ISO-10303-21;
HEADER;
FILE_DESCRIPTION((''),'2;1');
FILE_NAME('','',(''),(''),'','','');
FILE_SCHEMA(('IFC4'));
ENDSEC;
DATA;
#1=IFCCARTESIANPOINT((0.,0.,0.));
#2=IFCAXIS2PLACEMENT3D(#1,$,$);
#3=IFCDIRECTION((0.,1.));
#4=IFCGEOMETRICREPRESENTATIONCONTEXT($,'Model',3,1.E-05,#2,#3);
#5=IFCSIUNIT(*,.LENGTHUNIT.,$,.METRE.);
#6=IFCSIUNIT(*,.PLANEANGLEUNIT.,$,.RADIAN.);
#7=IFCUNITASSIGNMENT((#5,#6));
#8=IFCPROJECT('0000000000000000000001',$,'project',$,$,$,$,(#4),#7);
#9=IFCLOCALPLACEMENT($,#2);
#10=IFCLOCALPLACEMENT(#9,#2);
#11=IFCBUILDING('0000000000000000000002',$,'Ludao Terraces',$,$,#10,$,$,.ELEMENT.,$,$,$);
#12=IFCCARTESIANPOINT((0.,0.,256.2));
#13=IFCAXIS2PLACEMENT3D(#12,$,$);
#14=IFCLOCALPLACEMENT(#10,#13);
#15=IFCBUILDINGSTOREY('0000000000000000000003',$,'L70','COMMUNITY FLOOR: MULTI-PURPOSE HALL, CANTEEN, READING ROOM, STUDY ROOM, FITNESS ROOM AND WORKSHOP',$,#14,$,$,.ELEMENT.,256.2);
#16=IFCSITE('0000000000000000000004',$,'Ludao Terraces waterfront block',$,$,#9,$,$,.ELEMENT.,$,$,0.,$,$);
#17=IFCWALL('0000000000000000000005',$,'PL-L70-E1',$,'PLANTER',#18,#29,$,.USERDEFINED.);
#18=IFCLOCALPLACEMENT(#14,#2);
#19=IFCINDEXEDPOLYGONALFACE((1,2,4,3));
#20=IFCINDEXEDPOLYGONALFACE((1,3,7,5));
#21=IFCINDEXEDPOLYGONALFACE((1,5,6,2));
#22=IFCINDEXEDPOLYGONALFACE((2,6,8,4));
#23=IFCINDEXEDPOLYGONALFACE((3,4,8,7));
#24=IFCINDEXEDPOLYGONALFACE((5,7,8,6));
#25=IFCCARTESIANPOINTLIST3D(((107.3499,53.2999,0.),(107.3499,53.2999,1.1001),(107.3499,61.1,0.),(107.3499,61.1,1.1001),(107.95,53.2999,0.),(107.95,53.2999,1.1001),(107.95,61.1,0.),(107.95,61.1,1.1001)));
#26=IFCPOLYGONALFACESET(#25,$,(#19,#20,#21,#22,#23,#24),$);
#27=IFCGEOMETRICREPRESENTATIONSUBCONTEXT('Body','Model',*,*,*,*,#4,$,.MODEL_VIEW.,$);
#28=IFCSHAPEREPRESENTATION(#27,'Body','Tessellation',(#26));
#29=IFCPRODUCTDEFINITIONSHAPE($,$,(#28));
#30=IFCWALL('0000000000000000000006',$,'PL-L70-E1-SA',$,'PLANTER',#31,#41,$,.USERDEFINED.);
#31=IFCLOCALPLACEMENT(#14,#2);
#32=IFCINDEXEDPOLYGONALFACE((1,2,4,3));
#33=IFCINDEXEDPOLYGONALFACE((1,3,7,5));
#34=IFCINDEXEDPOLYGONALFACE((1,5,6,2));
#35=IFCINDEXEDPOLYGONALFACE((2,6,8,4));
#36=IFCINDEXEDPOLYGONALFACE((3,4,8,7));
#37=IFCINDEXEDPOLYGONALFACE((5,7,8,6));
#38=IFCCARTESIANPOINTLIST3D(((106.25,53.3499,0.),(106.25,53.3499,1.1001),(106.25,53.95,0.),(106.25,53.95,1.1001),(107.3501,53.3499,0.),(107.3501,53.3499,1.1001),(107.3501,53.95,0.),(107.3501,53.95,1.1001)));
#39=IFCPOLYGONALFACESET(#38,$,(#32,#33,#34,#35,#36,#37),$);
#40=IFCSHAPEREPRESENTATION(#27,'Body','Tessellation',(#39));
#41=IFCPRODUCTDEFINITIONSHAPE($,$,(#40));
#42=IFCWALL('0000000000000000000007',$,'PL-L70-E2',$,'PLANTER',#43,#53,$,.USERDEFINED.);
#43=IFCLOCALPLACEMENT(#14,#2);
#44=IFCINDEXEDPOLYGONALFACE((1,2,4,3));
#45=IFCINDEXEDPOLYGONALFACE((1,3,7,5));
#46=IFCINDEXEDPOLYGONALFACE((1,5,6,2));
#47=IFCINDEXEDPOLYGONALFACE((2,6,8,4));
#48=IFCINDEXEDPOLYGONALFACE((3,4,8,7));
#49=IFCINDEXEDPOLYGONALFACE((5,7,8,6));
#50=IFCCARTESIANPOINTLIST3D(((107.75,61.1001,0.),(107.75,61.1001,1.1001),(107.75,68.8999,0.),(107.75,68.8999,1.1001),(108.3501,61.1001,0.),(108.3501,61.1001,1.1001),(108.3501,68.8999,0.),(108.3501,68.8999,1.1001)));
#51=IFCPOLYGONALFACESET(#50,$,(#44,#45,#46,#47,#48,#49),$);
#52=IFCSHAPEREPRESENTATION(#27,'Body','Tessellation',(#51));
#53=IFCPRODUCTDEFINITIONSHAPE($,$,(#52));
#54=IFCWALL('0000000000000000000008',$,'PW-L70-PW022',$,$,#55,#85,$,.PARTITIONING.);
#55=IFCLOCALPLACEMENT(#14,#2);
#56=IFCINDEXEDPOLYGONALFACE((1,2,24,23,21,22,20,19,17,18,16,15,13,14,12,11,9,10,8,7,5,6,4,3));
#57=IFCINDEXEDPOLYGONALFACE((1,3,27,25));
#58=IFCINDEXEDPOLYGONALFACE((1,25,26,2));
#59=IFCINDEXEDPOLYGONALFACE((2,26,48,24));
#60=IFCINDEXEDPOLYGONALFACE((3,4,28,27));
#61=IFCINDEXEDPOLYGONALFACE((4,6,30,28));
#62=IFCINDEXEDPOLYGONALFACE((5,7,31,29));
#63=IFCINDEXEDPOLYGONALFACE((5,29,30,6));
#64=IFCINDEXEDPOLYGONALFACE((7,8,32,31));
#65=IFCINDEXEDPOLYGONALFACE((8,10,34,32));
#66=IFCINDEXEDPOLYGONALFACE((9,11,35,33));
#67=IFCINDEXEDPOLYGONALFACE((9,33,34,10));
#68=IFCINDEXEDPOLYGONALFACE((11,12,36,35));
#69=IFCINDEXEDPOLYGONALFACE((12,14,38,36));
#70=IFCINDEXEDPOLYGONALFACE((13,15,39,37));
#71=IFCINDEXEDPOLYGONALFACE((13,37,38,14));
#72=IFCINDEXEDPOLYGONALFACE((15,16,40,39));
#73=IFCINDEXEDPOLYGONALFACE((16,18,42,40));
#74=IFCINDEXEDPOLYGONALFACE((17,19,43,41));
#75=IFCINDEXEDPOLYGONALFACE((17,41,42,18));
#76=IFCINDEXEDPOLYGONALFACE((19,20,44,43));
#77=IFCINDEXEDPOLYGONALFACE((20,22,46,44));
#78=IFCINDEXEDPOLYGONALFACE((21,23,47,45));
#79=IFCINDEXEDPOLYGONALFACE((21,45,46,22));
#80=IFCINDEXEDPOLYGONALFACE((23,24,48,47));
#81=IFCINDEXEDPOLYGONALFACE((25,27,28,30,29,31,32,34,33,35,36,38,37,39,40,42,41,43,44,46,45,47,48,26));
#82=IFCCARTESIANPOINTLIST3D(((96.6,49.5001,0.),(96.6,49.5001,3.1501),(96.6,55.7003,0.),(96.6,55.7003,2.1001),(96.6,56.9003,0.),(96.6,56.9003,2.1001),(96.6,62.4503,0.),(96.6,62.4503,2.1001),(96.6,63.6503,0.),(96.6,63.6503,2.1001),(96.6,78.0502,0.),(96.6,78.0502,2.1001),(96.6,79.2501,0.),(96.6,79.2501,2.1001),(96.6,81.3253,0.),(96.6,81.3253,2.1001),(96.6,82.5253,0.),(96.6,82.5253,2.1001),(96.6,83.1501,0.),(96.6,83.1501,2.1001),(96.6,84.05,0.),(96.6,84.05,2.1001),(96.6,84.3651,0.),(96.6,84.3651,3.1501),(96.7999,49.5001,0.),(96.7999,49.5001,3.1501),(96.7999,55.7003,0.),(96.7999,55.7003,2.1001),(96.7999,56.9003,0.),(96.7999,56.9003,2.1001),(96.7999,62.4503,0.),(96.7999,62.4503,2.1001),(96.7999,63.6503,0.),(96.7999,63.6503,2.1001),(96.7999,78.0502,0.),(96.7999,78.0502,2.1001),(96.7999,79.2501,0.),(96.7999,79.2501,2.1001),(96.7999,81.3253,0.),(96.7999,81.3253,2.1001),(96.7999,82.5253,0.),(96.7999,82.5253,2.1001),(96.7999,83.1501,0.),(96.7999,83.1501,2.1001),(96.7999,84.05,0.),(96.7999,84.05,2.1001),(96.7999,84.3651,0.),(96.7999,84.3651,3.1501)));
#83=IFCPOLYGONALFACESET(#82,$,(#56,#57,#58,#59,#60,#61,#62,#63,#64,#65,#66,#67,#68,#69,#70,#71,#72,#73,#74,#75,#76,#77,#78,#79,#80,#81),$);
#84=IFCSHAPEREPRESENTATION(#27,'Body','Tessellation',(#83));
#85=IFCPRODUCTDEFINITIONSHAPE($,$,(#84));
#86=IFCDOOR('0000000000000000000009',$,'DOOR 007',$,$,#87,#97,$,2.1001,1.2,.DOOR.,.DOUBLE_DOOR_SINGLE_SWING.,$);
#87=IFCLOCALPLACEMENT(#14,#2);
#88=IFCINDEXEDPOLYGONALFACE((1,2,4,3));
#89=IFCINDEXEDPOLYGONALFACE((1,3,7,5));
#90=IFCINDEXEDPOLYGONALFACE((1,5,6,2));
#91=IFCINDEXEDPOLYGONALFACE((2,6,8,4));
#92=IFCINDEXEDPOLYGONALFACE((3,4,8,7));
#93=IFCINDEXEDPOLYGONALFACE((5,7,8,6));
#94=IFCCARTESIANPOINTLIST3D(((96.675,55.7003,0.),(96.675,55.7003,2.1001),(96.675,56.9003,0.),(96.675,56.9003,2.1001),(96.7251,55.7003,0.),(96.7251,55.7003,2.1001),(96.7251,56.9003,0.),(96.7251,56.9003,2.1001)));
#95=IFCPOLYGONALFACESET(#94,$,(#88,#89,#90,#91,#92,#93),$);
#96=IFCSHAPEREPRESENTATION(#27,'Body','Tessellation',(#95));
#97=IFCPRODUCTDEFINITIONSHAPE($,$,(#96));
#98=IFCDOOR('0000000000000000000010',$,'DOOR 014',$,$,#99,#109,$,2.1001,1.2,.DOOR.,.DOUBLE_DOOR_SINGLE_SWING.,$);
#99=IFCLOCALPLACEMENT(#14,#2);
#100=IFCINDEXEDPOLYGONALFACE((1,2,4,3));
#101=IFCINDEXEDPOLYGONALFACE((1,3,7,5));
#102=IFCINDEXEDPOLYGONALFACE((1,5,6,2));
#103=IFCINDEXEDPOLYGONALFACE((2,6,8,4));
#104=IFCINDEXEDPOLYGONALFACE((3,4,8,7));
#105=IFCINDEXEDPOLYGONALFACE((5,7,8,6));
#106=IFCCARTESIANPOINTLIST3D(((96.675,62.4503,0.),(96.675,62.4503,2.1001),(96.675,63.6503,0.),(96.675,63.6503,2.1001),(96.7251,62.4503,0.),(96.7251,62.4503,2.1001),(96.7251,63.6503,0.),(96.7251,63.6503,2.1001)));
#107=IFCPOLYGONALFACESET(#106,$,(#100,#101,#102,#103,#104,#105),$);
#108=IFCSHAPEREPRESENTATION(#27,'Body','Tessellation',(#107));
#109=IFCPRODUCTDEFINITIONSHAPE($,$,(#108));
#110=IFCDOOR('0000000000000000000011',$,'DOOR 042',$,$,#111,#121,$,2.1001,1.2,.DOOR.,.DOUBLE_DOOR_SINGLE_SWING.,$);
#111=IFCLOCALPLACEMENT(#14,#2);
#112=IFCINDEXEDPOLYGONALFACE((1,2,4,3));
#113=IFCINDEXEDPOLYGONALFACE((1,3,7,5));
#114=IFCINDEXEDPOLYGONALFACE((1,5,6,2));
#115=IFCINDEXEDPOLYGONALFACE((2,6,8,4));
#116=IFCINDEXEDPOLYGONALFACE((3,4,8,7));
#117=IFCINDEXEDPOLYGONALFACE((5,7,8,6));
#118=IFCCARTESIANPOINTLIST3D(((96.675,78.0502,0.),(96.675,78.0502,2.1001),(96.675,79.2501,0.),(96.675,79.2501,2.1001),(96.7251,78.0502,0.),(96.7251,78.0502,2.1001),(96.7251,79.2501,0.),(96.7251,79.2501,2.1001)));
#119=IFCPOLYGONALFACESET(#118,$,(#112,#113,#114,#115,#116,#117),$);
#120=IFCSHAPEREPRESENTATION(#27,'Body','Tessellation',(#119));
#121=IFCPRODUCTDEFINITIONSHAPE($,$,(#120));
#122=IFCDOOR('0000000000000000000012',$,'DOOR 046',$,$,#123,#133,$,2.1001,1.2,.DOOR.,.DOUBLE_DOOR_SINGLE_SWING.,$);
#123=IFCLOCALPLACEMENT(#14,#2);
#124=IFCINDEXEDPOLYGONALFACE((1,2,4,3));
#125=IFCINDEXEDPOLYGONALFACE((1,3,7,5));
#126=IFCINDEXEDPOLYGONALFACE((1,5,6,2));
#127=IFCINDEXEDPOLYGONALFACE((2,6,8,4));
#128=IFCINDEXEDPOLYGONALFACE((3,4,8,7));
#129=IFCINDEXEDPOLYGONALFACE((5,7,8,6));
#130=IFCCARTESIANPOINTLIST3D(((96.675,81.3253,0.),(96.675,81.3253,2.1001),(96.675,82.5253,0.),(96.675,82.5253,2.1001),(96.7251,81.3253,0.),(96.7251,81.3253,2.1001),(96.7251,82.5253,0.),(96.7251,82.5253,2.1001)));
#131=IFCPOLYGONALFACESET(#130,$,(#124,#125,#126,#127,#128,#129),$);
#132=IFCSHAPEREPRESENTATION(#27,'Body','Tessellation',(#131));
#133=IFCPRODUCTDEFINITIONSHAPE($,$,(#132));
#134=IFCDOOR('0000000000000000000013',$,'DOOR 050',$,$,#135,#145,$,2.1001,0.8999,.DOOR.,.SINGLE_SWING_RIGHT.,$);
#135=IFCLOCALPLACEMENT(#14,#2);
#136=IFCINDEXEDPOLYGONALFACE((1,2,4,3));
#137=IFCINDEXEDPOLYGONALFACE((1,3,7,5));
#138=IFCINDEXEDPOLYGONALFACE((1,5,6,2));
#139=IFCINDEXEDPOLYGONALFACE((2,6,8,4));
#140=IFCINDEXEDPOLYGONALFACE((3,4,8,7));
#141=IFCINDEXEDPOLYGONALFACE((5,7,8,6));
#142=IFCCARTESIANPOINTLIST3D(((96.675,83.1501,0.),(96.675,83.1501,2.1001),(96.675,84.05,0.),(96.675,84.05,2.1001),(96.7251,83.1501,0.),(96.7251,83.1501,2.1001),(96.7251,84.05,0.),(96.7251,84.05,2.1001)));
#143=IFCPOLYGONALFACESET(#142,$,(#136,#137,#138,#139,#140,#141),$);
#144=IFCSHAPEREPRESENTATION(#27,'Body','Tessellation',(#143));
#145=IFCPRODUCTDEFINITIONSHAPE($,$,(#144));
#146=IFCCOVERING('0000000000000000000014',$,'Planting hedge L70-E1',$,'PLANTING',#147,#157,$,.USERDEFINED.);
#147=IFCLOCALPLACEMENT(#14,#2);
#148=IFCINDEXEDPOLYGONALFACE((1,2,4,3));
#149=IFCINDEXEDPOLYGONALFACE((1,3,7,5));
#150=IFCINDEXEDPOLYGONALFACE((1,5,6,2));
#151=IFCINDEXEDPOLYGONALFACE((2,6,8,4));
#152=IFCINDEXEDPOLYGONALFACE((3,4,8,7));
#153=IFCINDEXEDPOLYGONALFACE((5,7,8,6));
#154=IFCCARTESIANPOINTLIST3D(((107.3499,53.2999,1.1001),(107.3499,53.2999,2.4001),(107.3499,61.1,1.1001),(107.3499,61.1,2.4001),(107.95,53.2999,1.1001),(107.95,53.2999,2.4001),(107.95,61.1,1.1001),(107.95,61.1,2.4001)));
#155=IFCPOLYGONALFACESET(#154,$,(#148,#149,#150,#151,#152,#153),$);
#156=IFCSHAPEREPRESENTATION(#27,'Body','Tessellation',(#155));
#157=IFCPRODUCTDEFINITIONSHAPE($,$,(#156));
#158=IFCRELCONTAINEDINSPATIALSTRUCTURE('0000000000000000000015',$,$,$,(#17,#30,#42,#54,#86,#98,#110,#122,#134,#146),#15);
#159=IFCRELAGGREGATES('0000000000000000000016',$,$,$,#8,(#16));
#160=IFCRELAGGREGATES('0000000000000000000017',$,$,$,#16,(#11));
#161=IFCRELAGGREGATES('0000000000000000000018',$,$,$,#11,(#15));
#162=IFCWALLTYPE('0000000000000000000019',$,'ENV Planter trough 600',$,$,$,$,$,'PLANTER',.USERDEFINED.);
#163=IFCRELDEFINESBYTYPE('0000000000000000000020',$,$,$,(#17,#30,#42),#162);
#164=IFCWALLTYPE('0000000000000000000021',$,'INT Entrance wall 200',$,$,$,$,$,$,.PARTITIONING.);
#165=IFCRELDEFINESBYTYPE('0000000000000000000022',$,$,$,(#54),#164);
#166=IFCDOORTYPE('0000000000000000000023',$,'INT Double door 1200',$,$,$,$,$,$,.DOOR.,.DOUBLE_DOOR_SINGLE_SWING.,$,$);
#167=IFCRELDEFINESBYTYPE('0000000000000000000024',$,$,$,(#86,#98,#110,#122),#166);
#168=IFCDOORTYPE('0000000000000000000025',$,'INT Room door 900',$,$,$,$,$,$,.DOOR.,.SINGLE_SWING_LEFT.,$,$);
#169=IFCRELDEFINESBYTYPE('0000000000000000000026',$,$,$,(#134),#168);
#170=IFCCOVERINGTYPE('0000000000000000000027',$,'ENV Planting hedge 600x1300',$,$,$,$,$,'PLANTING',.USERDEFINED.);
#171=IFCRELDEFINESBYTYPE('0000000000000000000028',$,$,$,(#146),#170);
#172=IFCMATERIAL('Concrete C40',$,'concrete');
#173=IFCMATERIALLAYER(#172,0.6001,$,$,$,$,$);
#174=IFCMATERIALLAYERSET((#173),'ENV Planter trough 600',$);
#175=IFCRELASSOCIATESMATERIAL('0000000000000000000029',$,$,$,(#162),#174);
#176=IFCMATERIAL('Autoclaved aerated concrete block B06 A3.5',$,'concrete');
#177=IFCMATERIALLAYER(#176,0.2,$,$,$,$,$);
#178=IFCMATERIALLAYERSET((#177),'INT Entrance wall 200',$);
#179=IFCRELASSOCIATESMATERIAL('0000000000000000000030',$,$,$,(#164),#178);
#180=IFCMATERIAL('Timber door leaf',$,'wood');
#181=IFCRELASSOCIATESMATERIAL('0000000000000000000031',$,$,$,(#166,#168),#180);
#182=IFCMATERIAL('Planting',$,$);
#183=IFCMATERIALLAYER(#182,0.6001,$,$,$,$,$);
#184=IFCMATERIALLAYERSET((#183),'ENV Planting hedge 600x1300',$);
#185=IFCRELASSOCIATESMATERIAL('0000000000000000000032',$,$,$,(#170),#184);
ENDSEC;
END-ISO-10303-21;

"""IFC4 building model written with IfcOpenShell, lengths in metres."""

from ifc_helpers import new_model, si_unit, direction, frame, frame_2d, origin, origin_2d, place, context, subcontext, project, spatial, rectangle, extrude, material, layer, layer_set, type_object, element, fill, save


model = new_model("IFC4")

# Units and contexts
model_context = context("Model", 3, precision=1e-05, world=origin(), true_north=direction((0.0, 1.0)))
body_context = subcontext(model_context, "Body", "Model", "MODEL_VIEW")
ifc_project = project(units=[si_unit("LENGTHUNIT", "METRE"), si_unit("PLANEANGLEUNIT", "RADIAN")], contexts=[model_context])

# Site, building, storey
site_placement = place(None, origin())
site = spatial("IfcSite", under=ifc_project, at=site_placement, Name="Ludao Terraces waterfront block", CompositionType="ELEMENT", RefElevation=0.0)
building_placement = place(site_placement, origin())
building = spatial("IfcBuilding", under=site, at=building_placement, Name="Ludao Terraces", CompositionType="ELEMENT")
storey_placement = place(building_placement, frame((0.0, 0.0, 256.2)))
storey = spatial("IfcBuildingStorey", under=building, at=storey_placement, Name="L70", Description="COMMUNITY FLOOR: MULTI-PURPOSE HALL, CANTEEN, READING ROOM, STUDY ROOM, FITNESS ROOM AND WORKSHOP", CompositionType="ELEMENT", Elevation=256.2)

# Shared definitions
ifc_material_1 = material(Name="Concrete C40", Category="concrete")

# Walls
ifc_layer_1 = layer(ifc_material_1, 0.6001)
ifc_layer_set_1 = layer_set([ifc_layer_1], Name="ENV Planter trough 600")
wall_type_1 = type_object("IfcWallType", Name="ENV Planter trough 600", ElementType="PLANTER", PredefinedType="USERDEFINED", material=ifc_layer_set_1)
wall_1_placement = place(storey_placement, frame((107.6499, 53.3, 0.0), z_axis=(0.0, 0.0, 1.0), x_axis=(0.0, 1.0, 0.0)))
element("IfcWall", 1, at=wall_1_placement, inside=storey, type_object=wall_type_1, Name="PL-L70-E1", ObjectType="PLANTER", PredefinedType="USERDEFINED", context=body_context, shape_type="SweptSolid", body=[
    extrude(rectangle(XDim=7.8, YDim=0.6001, at=frame_2d((3.8999, 0.0))), origin(), (0.0, 0.0, 1.0), 1.1001),
])
wall_2_placement = place(storey_placement, frame((107.3501, 53.6499, 0.0), z_axis=(0.0, 0.0, 1.0), x_axis=(-1.0, 0.0, 0.0)))
element("IfcWall", 2, at=wall_2_placement, inside=storey, type_object=wall_type_1, Name="PL-L70-E1-SA", ObjectType="PLANTER", PredefinedType="USERDEFINED", context=body_context, shape_type="SweptSolid", body=[
    extrude(rectangle(XDim=1.1001, YDim=0.6001, at=frame_2d((0.55, 0.0))), origin(), (0.0, 0.0, 1.0), 1.1001),
])
wall_3_placement = place(storey_placement, frame((108.05, 61.1001, 0.0), z_axis=(0.0, 0.0, 1.0), x_axis=(0.0, 1.0, 0.0)))
element("IfcWall", 3, at=wall_3_placement, inside=storey, type_object=wall_type_1, Name="PL-L70-E2", ObjectType="PLANTER", PredefinedType="USERDEFINED", context=body_context, shape_type="SweptSolid", body=[
    extrude(rectangle(XDim=7.7998, YDim=0.6001, at=frame_2d((3.8999, 0.0))), origin(), (0.0, 0.0, 1.0), 1.1001),
])

# Wall, openings, doors
ifc_material_2 = material(Name="Autoclaved aerated concrete block B06 A3.5", Category="concrete")
ifc_layer_2 = layer(ifc_material_2, 0.2)
ifc_layer_set_2 = layer_set([ifc_layer_2], Name="INT Entrance wall 200")
wall_type_2 = type_object("IfcWallType", Name="INT Entrance wall 200", PredefinedType="PARTITIONING", material=ifc_layer_set_2)
wall_4_placement = place(storey_placement, frame((96.7, 49.5, 0.0), z_axis=(0.0, 0.0, 1.0), x_axis=(0.0, 1.0, 0.0)))
wall_4 = element("IfcWall", 4, at=wall_4_placement, inside=storey, type_object=wall_type_2, Name="PW-L70-PW022", PredefinedType="PARTITIONING", context=body_context, shape_type="SweptSolid", body=[
    extrude(rectangle(XDim=34.865, YDim=0.2, at=frame_2d((17.4326, 0.0))), origin(), (0.0, 0.0, 1.0), 3.1501),
])
opening_1_placement = place(wall_4_placement, frame((6.2002, 0.0, 0.0)))
opening_1 = element("IfcOpeningElement", 5, at=opening_1_placement, cuts=wall_4, PredefinedType="OPENING", context=body_context, shape_type="SweptSolid", body=[
    extrude(rectangle(XDim=1.2, YDim=2.1001, at=frame_2d((0.6001, 1.05))), frame((0.0, 0.1099, 0.0), z_axis=(0.0, -1.0, 0.0), x_axis=(1.0, 0.0, 0.0)), (0.0, 0.0, 1.0), 0.22),
])
opening_2_placement = place(wall_4_placement, frame((12.9502, 0.0, 0.0)))
opening_2 = element("IfcOpeningElement", 6, at=opening_2_placement, cuts=wall_4, PredefinedType="OPENING", context=body_context, shape_type="SweptSolid", body=[
    extrude(rectangle(XDim=1.2, YDim=2.1001, at=frame_2d((0.6001, 1.05))), frame((0.0, 0.1099, 0.0), z_axis=(0.0, -1.0, 0.0), x_axis=(1.0, 0.0, 0.0)), (0.0, 0.0, 1.0), 0.22),
])
opening_3_placement = place(wall_4_placement, frame((28.55, 0.0, 0.0)))
opening_3 = element("IfcOpeningElement", 7, at=opening_3_placement, cuts=wall_4, PredefinedType="OPENING", context=body_context, shape_type="SweptSolid", body=[
    extrude(rectangle(XDim=1.2, YDim=2.1001, at=frame_2d((0.6001, 1.05))), frame((0.0, 0.1099, 0.0), z_axis=(0.0, -1.0, 0.0), x_axis=(1.0, 0.0, 0.0)), (0.0, 0.0, 1.0), 0.22),
])
opening_4_placement = place(wall_4_placement, frame((31.8252, 0.0, 0.0)))
opening_4 = element("IfcOpeningElement", 8, at=opening_4_placement, cuts=wall_4, PredefinedType="OPENING", context=body_context, shape_type="SweptSolid", body=[
    extrude(rectangle(XDim=1.2, YDim=2.1001, at=frame_2d((0.6001, 1.05))), frame((0.0, 0.1099, 0.0), z_axis=(0.0, -1.0, 0.0), x_axis=(1.0, 0.0, 0.0)), (0.0, 0.0, 1.0), 0.22),
])
opening_5_placement = place(wall_4_placement, frame((33.6501, 0.0, 0.0)))
opening_5 = element("IfcOpeningElement", 9, at=opening_5_placement, cuts=wall_4, PredefinedType="OPENING", context=body_context, shape_type="SweptSolid", body=[
    extrude(rectangle(XDim=0.8999, YDim=2.1001, at=frame_2d((0.45, 1.05))), frame((0.0, 0.1099, 0.0), z_axis=(0.0, -1.0, 0.0), x_axis=(1.0, 0.0, 0.0)), (0.0, 0.0, 1.0), 0.22),
])
ifc_material_3 = material(Name="Timber door leaf", Category="wood")
door_type_1 = type_object("IfcDoorType", Name="INT Double door 1200", OperationType="DOUBLE_DOOR_SINGLE_SWING", PredefinedType="DOOR", material=ifc_material_3)
door_1_placement = place(opening_1_placement, origin())
door_1 = element("IfcDoor", 10, at=door_1_placement, inside=storey, type_object=door_type_1, Name="DOOR 007", OperationType="DOUBLE_DOOR_SINGLE_SWING", OverallHeight=2.1001, OverallWidth=1.2, PredefinedType="DOOR", context=body_context, shape_type="SweptSolid", body=[
    extrude(rectangle(XDim=1.2, YDim=2.1001, at=frame_2d((0.6001, 1.05))), frame((0.0, 0.0249, 0.0), z_axis=(0.0, -1.0, 0.0), x_axis=(1.0, 0.0, 0.0)), (0.0, 0.0, 1.0), 0.05),
])
fill(opening_1, door_1)
door_2_placement = place(opening_2_placement, origin())
door_2 = element("IfcDoor", 11, at=door_2_placement, inside=storey, type_object=door_type_1, Name="DOOR 014", OperationType="DOUBLE_DOOR_SINGLE_SWING", OverallHeight=2.1001, OverallWidth=1.2, PredefinedType="DOOR", context=body_context, shape_type="SweptSolid", body=[
    extrude(rectangle(XDim=1.2, YDim=2.1001, at=frame_2d((0.6001, 1.05))), frame((0.0, 0.0249, 0.0), z_axis=(0.0, -1.0, 0.0), x_axis=(1.0, 0.0, 0.0)), (0.0, 0.0, 1.0), 0.05),
])
fill(opening_2, door_2)
door_3_placement = place(opening_3_placement, origin())
door_3 = element("IfcDoor", 12, at=door_3_placement, inside=storey, type_object=door_type_1, Name="DOOR 042", OperationType="DOUBLE_DOOR_SINGLE_SWING", OverallHeight=2.1001, OverallWidth=1.2, PredefinedType="DOOR", context=body_context, shape_type="SweptSolid", body=[
    extrude(rectangle(XDim=1.2, YDim=2.1001, at=frame_2d((0.6001, 1.05))), frame((0.0, 0.0249, 0.0), z_axis=(0.0, -1.0, 0.0), x_axis=(1.0, 0.0, 0.0)), (0.0, 0.0, 1.0), 0.05),
])
fill(opening_3, door_3)
door_4_placement = place(opening_4_placement, origin())
door_4 = element("IfcDoor", 13, at=door_4_placement, inside=storey, type_object=door_type_1, Name="DOOR 046", OperationType="DOUBLE_DOOR_SINGLE_SWING", OverallHeight=2.1001, OverallWidth=1.2, PredefinedType="DOOR", context=body_context, shape_type="SweptSolid", body=[
    extrude(rectangle(XDim=1.2, YDim=2.1001, at=frame_2d((0.6001, 1.05))), frame((0.0, 0.0249, 0.0), z_axis=(0.0, -1.0, 0.0), x_axis=(1.0, 0.0, 0.0)), (0.0, 0.0, 1.0), 0.05),
])
fill(opening_4, door_4)
door_type_2 = type_object("IfcDoorType", Name="INT Room door 900", OperationType="SINGLE_SWING_LEFT", PredefinedType="DOOR", material=ifc_material_3)
door_5_placement = place(opening_5_placement, origin())
door_5 = element("IfcDoor", 14, at=door_5_placement, inside=storey, type_object=door_type_2, Name="DOOR 050", OperationType="SINGLE_SWING_RIGHT", OverallHeight=2.1001, OverallWidth=0.8999, PredefinedType="DOOR", context=body_context, shape_type="SweptSolid", body=[
    extrude(rectangle(XDim=0.8999, YDim=2.1001, at=frame_2d((0.45, 1.05))), frame((0.0, 0.0249, 0.0), z_axis=(0.0, -1.0, 0.0), x_axis=(1.0, 0.0, 0.0)), (0.0, 0.0, 1.0), 0.05),
])
fill(opening_5, door_5)

# Covering
ifc_material_4 = material(Name="Planting")
ifc_layer_3 = layer(ifc_material_4, 0.6001)
ifc_layer_set_3 = layer_set([ifc_layer_3], Name="ENV Planting hedge 600x1300")
covering_type = type_object("IfcCoveringType", Name="ENV Planting hedge 600x1300", ElementType="PLANTING", PredefinedType="USERDEFINED", material=ifc_layer_set_3)
covering_placement = place(storey_placement, frame((107.6499, 57.2, 1.1001), z_axis=(0.0, 0.0, 1.0), x_axis=(1.0, 0.0, 0.0)))
element("IfcCovering", 15, at=covering_placement, inside=storey, type_object=covering_type, Name="Planting hedge L70-E1", ObjectType="PLANTING", PredefinedType="USERDEFINED", context=body_context, shape_type="SweptSolid", body=[
    extrude(rectangle(XDim=0.6001, YDim=7.8, at=origin_2d()), origin(), (0.0, 0.0, 1.0), 1.3),
])

save(model, "model.ifc")
